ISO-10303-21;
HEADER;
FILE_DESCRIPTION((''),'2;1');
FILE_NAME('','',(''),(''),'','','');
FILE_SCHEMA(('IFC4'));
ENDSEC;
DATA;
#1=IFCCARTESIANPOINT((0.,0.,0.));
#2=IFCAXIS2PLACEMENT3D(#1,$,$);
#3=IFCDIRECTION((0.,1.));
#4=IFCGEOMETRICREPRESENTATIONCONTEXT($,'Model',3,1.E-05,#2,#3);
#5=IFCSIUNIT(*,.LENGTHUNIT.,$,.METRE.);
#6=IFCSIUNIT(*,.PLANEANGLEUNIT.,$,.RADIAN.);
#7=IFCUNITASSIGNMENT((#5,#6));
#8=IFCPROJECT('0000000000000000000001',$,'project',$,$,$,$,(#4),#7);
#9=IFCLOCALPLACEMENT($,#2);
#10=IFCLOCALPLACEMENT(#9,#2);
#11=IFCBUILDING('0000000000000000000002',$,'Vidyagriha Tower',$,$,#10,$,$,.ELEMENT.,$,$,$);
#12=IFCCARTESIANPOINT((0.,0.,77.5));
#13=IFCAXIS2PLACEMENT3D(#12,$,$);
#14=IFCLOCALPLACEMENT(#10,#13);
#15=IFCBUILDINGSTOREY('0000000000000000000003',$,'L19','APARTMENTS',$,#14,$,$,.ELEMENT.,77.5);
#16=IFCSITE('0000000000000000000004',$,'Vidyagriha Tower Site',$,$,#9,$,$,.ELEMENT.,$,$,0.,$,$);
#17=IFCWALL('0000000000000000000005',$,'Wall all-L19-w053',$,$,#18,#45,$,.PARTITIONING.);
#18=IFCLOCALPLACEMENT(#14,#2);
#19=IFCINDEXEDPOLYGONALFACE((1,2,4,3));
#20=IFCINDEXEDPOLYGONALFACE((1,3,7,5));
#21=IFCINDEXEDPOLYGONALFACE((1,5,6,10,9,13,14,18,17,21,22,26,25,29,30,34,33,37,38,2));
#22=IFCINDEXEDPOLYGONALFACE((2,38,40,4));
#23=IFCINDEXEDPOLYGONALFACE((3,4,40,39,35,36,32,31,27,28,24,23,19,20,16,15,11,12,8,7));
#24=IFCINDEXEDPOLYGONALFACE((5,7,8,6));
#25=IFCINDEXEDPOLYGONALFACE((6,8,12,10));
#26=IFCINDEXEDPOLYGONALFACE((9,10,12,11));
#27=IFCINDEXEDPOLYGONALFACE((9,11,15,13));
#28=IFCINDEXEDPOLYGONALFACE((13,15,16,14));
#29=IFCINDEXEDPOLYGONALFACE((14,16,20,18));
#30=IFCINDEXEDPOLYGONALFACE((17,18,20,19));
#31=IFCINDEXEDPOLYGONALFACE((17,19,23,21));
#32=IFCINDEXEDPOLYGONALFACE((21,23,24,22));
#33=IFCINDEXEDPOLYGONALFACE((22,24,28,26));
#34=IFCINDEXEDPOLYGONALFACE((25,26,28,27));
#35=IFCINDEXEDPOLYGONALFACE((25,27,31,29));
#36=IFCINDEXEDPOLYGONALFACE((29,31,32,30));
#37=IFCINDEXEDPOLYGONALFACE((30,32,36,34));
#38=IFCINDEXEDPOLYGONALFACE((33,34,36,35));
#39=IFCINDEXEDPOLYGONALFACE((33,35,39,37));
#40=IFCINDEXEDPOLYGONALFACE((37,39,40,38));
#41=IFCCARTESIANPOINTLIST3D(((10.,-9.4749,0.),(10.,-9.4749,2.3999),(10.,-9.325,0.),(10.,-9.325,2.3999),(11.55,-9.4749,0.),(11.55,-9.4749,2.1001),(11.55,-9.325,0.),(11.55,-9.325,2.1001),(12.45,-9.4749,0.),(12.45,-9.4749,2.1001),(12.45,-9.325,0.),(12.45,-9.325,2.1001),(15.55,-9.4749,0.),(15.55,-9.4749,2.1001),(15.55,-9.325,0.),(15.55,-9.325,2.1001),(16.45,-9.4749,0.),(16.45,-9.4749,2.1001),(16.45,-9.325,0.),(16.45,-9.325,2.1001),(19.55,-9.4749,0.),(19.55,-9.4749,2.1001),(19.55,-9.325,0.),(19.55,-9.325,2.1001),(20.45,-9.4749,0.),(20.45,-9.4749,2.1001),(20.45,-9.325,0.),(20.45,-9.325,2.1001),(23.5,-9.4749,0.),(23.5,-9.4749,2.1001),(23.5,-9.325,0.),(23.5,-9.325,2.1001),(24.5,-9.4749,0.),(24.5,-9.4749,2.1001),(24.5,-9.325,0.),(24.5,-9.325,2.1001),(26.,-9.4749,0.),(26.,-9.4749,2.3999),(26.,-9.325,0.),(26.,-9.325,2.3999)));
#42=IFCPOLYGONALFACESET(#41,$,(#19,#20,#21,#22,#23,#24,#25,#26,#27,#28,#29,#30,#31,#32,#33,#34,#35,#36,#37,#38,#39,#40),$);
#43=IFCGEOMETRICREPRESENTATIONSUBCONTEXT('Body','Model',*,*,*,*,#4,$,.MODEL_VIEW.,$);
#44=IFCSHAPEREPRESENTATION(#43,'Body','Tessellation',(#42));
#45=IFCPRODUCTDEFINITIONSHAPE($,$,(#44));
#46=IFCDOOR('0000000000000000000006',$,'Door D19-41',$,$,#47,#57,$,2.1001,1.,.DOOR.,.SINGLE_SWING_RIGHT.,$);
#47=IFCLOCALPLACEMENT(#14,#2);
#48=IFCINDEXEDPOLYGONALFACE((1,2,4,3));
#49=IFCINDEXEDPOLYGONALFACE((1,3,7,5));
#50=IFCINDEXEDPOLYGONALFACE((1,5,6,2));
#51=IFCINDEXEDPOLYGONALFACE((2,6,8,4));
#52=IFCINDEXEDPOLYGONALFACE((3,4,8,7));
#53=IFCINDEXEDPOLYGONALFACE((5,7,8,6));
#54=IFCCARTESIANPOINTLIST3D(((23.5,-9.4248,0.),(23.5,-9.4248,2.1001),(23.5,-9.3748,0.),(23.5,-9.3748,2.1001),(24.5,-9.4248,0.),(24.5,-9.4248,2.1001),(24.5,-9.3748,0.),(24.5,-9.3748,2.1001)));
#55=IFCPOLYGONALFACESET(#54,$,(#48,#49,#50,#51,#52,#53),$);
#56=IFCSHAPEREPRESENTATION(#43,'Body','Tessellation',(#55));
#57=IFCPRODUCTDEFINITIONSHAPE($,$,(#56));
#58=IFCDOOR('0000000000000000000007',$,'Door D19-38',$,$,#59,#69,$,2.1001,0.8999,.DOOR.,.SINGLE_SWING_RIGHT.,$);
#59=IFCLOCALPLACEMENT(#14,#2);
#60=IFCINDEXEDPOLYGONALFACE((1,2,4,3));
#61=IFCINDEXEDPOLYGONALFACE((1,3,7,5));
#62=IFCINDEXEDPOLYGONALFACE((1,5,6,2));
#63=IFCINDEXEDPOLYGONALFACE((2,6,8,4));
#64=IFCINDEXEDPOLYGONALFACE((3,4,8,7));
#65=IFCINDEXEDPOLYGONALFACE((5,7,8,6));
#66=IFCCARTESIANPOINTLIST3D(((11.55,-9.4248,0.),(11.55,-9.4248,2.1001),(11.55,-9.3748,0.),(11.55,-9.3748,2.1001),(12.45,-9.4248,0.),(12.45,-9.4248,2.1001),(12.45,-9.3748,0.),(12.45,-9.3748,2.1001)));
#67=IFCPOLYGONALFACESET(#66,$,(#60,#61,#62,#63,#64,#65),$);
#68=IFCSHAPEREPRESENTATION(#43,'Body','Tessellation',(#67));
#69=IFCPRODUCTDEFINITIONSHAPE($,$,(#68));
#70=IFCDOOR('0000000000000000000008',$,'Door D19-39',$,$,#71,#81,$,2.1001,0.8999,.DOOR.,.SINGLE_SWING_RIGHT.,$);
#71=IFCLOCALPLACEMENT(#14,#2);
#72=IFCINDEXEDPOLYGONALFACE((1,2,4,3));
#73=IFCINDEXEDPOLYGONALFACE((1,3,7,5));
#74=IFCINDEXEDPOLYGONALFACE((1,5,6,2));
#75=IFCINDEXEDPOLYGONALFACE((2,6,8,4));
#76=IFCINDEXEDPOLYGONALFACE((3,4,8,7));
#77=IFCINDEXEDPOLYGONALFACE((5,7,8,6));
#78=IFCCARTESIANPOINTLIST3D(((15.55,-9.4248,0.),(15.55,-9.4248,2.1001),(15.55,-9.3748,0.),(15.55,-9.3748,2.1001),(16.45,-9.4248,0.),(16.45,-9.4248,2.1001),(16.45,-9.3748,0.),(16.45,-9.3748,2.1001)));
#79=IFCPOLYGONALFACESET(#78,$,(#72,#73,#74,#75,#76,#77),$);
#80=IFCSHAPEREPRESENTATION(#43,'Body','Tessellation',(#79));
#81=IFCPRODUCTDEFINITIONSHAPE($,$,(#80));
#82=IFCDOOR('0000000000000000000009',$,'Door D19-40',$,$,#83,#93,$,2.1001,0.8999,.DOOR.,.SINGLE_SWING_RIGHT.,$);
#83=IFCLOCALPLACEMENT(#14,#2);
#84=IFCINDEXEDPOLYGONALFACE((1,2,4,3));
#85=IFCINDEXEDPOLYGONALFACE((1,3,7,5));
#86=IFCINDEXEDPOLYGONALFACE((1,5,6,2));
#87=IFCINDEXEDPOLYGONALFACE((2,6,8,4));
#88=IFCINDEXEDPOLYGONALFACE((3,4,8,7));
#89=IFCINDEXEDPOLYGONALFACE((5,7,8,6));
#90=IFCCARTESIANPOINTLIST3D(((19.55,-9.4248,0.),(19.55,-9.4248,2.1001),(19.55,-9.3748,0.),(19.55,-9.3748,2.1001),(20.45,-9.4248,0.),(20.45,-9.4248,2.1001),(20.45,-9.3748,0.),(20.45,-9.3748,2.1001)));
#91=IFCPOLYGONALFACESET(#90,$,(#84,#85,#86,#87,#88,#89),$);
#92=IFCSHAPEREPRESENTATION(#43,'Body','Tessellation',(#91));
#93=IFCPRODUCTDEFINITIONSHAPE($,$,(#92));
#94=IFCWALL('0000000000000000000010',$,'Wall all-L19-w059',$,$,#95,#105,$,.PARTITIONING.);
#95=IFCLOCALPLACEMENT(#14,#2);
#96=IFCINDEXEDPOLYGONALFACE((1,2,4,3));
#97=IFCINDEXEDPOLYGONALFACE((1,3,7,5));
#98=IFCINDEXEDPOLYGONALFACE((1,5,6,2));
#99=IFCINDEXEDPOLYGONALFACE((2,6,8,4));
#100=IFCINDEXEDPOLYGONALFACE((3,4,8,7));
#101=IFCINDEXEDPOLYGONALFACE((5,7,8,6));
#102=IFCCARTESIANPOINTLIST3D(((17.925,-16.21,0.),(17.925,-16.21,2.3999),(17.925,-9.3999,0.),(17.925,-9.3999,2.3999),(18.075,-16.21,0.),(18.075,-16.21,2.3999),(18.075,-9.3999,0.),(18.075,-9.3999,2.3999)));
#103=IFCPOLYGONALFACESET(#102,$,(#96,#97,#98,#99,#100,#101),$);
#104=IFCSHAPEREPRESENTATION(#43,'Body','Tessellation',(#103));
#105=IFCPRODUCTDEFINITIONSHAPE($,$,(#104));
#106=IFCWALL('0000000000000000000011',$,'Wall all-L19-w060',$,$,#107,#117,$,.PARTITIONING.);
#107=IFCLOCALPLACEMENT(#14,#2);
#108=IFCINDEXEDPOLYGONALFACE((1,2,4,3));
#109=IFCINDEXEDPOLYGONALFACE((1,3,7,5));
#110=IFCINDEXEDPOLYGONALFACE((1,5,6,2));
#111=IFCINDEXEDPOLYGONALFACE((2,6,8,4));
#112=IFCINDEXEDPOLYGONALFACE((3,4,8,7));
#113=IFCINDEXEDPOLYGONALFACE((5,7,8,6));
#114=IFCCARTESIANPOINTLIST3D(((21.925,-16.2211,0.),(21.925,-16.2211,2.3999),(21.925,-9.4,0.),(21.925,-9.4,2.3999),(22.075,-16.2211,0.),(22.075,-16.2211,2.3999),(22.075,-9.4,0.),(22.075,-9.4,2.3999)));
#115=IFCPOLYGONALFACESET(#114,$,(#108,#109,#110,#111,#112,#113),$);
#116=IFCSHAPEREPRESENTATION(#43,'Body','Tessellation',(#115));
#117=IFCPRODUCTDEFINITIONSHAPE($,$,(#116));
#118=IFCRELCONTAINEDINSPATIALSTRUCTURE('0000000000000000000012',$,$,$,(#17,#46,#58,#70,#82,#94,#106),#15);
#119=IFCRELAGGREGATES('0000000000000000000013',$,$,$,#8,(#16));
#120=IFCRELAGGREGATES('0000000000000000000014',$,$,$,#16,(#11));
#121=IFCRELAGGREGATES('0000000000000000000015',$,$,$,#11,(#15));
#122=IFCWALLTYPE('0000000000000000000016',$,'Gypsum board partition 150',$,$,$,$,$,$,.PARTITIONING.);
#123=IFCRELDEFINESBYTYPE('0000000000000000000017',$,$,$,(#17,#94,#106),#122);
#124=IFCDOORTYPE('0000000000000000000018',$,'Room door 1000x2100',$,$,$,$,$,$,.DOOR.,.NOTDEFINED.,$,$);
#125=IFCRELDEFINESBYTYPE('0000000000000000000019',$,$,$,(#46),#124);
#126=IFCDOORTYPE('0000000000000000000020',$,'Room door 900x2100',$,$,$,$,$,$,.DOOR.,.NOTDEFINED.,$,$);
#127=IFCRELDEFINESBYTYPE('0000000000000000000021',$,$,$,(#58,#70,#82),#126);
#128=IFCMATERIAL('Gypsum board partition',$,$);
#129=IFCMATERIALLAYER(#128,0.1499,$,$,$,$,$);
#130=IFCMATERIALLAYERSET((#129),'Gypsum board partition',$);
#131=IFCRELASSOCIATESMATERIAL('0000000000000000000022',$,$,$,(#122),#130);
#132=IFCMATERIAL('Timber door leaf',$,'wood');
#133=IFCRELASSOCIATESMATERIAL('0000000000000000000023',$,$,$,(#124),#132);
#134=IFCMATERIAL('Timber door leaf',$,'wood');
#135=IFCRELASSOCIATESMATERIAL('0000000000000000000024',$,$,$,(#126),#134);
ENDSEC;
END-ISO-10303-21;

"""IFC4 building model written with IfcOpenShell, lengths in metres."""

from ifc_helpers import new_model, si_unit, direction, frame, frame_2d, origin, place, context, subcontext, project, spatial, rectangle, extrude, material, layer, layer_set, type_object, element, fill, save


model = new_model("IFC4")

# Units and contexts
model_context = context("Model", 3, precision=1e-05, world=origin(), true_north=direction((0.0, 1.0)))
body_context = subcontext(model_context, "Body", "Model", "MODEL_VIEW")
ifc_project = project(units=[si_unit("LENGTHUNIT", "METRE"), si_unit("PLANEANGLEUNIT", "RADIAN")], contexts=[model_context])

# Site, building, storey
site_placement = place(None, origin())
site = spatial("IfcSite", under=ifc_project, at=site_placement, Name="Vidyagriha Tower Site", CompositionType="ELEMENT", RefElevation=0.0)
building_placement = place(site_placement, origin())
building = spatial("IfcBuilding", under=site, at=building_placement, Name="Vidyagriha Tower", CompositionType="ELEMENT")
storey_placement = place(building_placement, frame((0.0, 0.0, 77.5)))
storey = spatial("IfcBuildingStorey", under=building, at=storey_placement, Name="L19", Description="APARTMENTS", CompositionType="ELEMENT", Elevation=77.5)

# Shared definitions
ifc_material_1 = material(Name="Gypsum board partition")
ifc_layer_1 = layer(ifc_material_1, 0.1499)
ifc_layer_set_1 = layer_set([ifc_layer_1], Name="Gypsum board partition")
wall_type_1 = type_object("IfcWallType", Name="Gypsum board partition 150", PredefinedType="PARTITIONING", material=ifc_layer_set_1)

# Wall, openings, doors
wall_1_placement = place(storey_placement, frame((26.0, -9.3999, 0.0), z_axis=(0.0, 0.0, 1.0), x_axis=(-1.0, 0.0, 0.0)))
wall_1 = element("IfcWall", 1, at=wall_1_placement, inside=storey, type_object=wall_type_1, Name="Wall all-L19-w053", PredefinedType="PARTITIONING", context=body_context, shape_type="SweptSolid", body=[
    extrude(rectangle(XDim=16.0, YDim=0.1499, at=frame_2d((8.0, 0.0))), origin(), (0.0, 0.0, 1.0), 2.3999),
])
opening_1_placement = place(wall_1_placement, frame((13.55, 0.0, 0.0)))
opening_1 = element("IfcOpeningElement", 2, at=opening_1_placement, cuts=wall_1, PredefinedType="OPENING", context=body_context, shape_type="SweptSolid", body=[
    extrude(rectangle(XDim=0.8999, YDim=2.1001, at=frame_2d((0.45, 1.05))), frame((0.0, 0.085, 0.0), z_axis=(0.0, -1.0, 0.0), x_axis=(1.0, 0.0, 0.0)), (0.0, 0.0, 1.0), 0.1699),
])
opening_2_placement = place(wall_1_placement, frame((9.55, 0.0, 0.0)))
opening_2 = element("IfcOpeningElement", 3, at=opening_2_placement, cuts=wall_1, PredefinedType="OPENING", context=body_context, shape_type="SweptSolid", body=[
    extrude(rectangle(XDim=0.8999, YDim=2.1001, at=frame_2d((0.45, 1.05))), frame((0.0, 0.085, 0.0), z_axis=(0.0, -1.0, 0.0), x_axis=(1.0, 0.0, 0.0)), (0.0, 0.0, 1.0), 0.1699),
])
opening_3_placement = place(wall_1_placement, frame((5.55, 0.0, 0.0)))
opening_3 = element("IfcOpeningElement", 4, at=opening_3_placement, cuts=wall_1, PredefinedType="OPENING", context=body_context, shape_type="SweptSolid", body=[
    extrude(rectangle(XDim=0.8999, YDim=2.1001, at=frame_2d((0.45, 1.05))), frame((0.0, 0.085, 0.0), z_axis=(0.0, -1.0, 0.0), x_axis=(1.0, 0.0, 0.0)), (0.0, 0.0, 1.0), 0.1699),
])
opening_4_placement = place(wall_1_placement, frame((1.5, 0.0, 0.0)))
opening_4 = element("IfcOpeningElement", 5, at=opening_4_placement, cuts=wall_1, PredefinedType="OPENING", context=body_context, shape_type="SweptSolid", body=[
    extrude(rectangle(XDim=1.0, YDim=2.1001, at=frame_2d((0.5, 1.05))), frame((0.0, 0.085, 0.0), z_axis=(0.0, -1.0, 0.0), x_axis=(1.0, 0.0, 0.0)), (0.0, 0.0, 1.0), 0.1699),
])
ifc_material_2 = material(Name="Timber door leaf", Category="wood")
door_type_1 = type_object("IfcDoorType", Name="Room door 1000x2100", OperationType="NOTDEFINED", PredefinedType="DOOR", material=ifc_material_2)
door_1_placement = place(opening_4_placement, origin())
door_1 = element("IfcDoor", 6, at=door_1_placement, inside=storey, type_object=door_type_1, Name="Door D19-41", OperationType="SINGLE_SWING_RIGHT", OverallHeight=2.1001, OverallWidth=1.0, PredefinedType="DOOR", context=body_context, shape_type="SweptSolid", body=[
    extrude(rectangle(XDim=1.0, YDim=2.1001, at=frame_2d((0.5, 1.05))), frame((0.0, 0.0249, 0.0), z_axis=(0.0, -1.0, 0.0), x_axis=(1.0, 0.0, 0.0)), (0.0, 0.0, 1.0), 0.05),
])
fill(opening_4, door_1)
ifc_material_3 = material(Name="Timber door leaf", Category="wood")
door_type_2 = type_object("IfcDoorType", Name="Room door 900x2100", OperationType="NOTDEFINED", PredefinedType="DOOR", material=ifc_material_3)
door_2_placement = place(opening_1_placement, origin())
door_2 = element("IfcDoor", 7, at=door_2_placement, inside=storey, type_object=door_type_2, Name="Door D19-38", OperationType="SINGLE_SWING_RIGHT", OverallHeight=2.1001, OverallWidth=0.8999, PredefinedType="DOOR", context=body_context, shape_type="SweptSolid", body=[
    extrude(rectangle(XDim=0.8999, YDim=2.1001, at=frame_2d((0.45, 1.05))), frame((0.0, 0.0249, 0.0), z_axis=(0.0, -1.0, 0.0), x_axis=(1.0, 0.0, 0.0)), (0.0, 0.0, 1.0), 0.05),
])
fill(opening_1, door_2)
door_3_placement = place(opening_2_placement, origin())
door_3 = element("IfcDoor", 8, at=door_3_placement, inside=storey, type_object=door_type_2, Name="Door D19-39", OperationType="SINGLE_SWING_RIGHT", OverallHeight=2.1001, OverallWidth=0.8999, PredefinedType="DOOR", context=body_context, shape_type="SweptSolid", body=[
    extrude(rectangle(XDim=0.8999, YDim=2.1001, at=frame_2d((0.45, 1.05))), frame((0.0, 0.0249, 0.0), z_axis=(0.0, -1.0, 0.0), x_axis=(1.0, 0.0, 0.0)), (0.0, 0.0, 1.0), 0.05),
])
fill(opening_2, door_3)
door_4_placement = place(opening_3_placement, origin())
door_4 = element("IfcDoor", 9, at=door_4_placement, inside=storey, type_object=door_type_2, Name="Door D19-40", OperationType="SINGLE_SWING_RIGHT", OverallHeight=2.1001, OverallWidth=0.8999, PredefinedType="DOOR", context=body_context, shape_type="SweptSolid", body=[
    extrude(rectangle(XDim=0.8999, YDim=2.1001, at=frame_2d((0.45, 1.05))), frame((0.0, 0.0249, 0.0), z_axis=(0.0, -1.0, 0.0), x_axis=(1.0, 0.0, 0.0)), (0.0, 0.0, 1.0), 0.05),
])
fill(opening_3, door_4)

# Walls
wall_2_placement = place(storey_placement, frame((18.0, -9.3999, 0.0), z_axis=(0.0, 0.0, 1.0), x_axis=(0.0, -1.0, 0.0)))
element("IfcWall", 10, at=wall_2_placement, inside=storey, type_object=wall_type_1, Name="Wall all-L19-w059", PredefinedType="PARTITIONING", context=body_context, shape_type="SweptSolid", body=[
    extrude(rectangle(XDim=6.8101, YDim=0.1499, at=frame_2d((3.405, 0.0))), origin(), (0.0, 0.0, 1.0), 2.3999),
])
wall_3_placement = place(storey_placement, frame((22.0, -9.3999, 0.0), z_axis=(0.0, 0.0, 1.0), x_axis=(0.0, -1.0, 0.0)))
element("IfcWall", 11, at=wall_3_placement, inside=storey, type_object=wall_type_1, Name="Wall all-L19-w060", PredefinedType="PARTITIONING", context=body_context, shape_type="SweptSolid", body=[
    extrude(rectangle(XDim=6.821, YDim=0.1499, at=frame_2d((3.4106, 0.0))), origin(), (0.0, 0.0, 1.0), 2.3999),
])

save(model, "model.ifc")
